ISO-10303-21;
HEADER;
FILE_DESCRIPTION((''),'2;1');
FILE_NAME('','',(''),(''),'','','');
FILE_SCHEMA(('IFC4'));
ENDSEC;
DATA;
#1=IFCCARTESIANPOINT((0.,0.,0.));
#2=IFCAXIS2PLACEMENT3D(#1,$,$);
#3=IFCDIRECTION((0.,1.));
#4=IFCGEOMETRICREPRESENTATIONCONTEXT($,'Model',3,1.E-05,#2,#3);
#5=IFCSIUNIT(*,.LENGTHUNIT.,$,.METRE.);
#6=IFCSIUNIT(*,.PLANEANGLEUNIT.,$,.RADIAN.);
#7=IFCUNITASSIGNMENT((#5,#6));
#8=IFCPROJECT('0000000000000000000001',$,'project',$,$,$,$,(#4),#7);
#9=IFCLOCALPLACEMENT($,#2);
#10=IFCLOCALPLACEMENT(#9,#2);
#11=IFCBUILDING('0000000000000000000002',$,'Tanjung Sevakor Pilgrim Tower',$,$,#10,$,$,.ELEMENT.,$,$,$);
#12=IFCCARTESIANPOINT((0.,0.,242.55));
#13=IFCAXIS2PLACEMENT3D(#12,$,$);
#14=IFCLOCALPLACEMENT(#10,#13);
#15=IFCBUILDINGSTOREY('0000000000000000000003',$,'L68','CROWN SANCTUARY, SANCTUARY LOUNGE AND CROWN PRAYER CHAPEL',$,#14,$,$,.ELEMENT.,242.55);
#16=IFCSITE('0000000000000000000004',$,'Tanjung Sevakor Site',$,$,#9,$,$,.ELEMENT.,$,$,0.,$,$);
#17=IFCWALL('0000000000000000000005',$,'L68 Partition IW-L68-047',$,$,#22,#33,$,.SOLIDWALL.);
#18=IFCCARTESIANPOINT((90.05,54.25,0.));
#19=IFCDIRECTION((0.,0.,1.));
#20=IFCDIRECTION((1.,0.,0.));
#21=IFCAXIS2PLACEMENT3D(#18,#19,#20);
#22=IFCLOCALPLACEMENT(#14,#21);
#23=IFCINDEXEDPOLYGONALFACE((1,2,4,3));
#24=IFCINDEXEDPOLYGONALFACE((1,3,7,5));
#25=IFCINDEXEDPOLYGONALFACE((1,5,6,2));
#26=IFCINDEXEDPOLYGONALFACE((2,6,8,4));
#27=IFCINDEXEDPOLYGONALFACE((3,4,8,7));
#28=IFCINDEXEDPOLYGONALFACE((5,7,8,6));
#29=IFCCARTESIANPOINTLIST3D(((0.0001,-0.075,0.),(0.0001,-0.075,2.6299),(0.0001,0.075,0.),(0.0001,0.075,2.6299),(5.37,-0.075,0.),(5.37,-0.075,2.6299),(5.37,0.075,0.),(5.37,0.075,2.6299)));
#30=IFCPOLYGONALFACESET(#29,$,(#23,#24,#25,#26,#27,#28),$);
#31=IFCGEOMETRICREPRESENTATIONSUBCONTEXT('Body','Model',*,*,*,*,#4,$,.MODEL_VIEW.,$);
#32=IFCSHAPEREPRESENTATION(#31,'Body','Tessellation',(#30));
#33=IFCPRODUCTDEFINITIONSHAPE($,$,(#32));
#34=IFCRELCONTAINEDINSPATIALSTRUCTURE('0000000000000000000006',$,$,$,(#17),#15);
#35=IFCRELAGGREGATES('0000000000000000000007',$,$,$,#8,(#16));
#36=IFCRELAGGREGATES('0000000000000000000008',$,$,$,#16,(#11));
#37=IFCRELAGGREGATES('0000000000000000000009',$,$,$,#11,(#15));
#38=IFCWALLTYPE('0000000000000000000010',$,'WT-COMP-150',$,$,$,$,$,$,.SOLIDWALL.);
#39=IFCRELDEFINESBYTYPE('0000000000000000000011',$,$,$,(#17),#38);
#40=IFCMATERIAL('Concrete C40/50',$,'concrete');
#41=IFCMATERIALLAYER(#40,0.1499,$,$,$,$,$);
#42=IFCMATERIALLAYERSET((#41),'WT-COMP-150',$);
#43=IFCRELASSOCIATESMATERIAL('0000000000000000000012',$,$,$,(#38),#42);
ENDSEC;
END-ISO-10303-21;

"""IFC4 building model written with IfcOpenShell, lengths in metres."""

from ifc_helpers import new_model, si_unit, direction, frame, frame_2d, origin, place, context, subcontext, project, spatial, rectangle, extrude, material, layer, layer_set, type_object, element, save


model = new_model("IFC4")

# Units and contexts
model_context = context("Model", 3, precision=1e-05, world=origin(), true_north=direction((0.0, 1.0)))
body_context = subcontext(model_context, "Body", "Model", "MODEL_VIEW")
ifc_project = project(units=[si_unit("LENGTHUNIT", "METRE"), si_unit("PLANEANGLEUNIT", "RADIAN")], contexts=[model_context])

# Site, building, storey
site_placement = place(None, origin())
site = spatial("IfcSite", under=ifc_project, at=site_placement, Name="Tanjung Sevakor Site", CompositionType="ELEMENT", RefElevation=0.0)
building_placement = place(site_placement, origin())
building = spatial("IfcBuilding", under=site, at=building_placement, Name="Tanjung Sevakor Pilgrim Tower", CompositionType="ELEMENT")
storey_placement = place(building_placement, frame((0.0, 0.0, 242.55)))
storey = spatial("IfcBuildingStorey", under=building, at=storey_placement, Name="L68", Description="CROWN SANCTUARY, SANCTUARY LOUNGE AND CROWN PRAYER CHAPEL", CompositionType="ELEMENT", Elevation=242.55)

# Shared definitions
ifc_material_1 = material(Name="Concrete C40/50", Category="concrete")
ifc_layer_1 = layer(ifc_material_1, 0.1499)
ifc_layer_set_1 = layer_set([ifc_layer_1], Name="WT-COMP-150")
wall_type_1 = type_object("IfcWallType", Name="WT-COMP-150", PredefinedType="SOLIDWALL", material=ifc_layer_set_1)

# Wall
wall_1_placement = place(storey_placement, frame((90.05, 54.25, 0.0), z_axis=(0.0, 0.0, 1.0), x_axis=(1.0, 0.0, 0.0)))
element("IfcWall", 1, at=wall_1_placement, inside=storey, type_object=wall_type_1, Name="L68 Partition IW-L68-047", PredefinedType="SOLIDWALL", context=body_context, shape_type="SweptSolid", body=[
    extrude(rectangle(XDim=5.3699, YDim=0.1499, at=frame_2d((2.6851, 0.0))), origin(), (0.0, 0.0, 1.0), 2.6299),
])

save(model, "model.ifc")
